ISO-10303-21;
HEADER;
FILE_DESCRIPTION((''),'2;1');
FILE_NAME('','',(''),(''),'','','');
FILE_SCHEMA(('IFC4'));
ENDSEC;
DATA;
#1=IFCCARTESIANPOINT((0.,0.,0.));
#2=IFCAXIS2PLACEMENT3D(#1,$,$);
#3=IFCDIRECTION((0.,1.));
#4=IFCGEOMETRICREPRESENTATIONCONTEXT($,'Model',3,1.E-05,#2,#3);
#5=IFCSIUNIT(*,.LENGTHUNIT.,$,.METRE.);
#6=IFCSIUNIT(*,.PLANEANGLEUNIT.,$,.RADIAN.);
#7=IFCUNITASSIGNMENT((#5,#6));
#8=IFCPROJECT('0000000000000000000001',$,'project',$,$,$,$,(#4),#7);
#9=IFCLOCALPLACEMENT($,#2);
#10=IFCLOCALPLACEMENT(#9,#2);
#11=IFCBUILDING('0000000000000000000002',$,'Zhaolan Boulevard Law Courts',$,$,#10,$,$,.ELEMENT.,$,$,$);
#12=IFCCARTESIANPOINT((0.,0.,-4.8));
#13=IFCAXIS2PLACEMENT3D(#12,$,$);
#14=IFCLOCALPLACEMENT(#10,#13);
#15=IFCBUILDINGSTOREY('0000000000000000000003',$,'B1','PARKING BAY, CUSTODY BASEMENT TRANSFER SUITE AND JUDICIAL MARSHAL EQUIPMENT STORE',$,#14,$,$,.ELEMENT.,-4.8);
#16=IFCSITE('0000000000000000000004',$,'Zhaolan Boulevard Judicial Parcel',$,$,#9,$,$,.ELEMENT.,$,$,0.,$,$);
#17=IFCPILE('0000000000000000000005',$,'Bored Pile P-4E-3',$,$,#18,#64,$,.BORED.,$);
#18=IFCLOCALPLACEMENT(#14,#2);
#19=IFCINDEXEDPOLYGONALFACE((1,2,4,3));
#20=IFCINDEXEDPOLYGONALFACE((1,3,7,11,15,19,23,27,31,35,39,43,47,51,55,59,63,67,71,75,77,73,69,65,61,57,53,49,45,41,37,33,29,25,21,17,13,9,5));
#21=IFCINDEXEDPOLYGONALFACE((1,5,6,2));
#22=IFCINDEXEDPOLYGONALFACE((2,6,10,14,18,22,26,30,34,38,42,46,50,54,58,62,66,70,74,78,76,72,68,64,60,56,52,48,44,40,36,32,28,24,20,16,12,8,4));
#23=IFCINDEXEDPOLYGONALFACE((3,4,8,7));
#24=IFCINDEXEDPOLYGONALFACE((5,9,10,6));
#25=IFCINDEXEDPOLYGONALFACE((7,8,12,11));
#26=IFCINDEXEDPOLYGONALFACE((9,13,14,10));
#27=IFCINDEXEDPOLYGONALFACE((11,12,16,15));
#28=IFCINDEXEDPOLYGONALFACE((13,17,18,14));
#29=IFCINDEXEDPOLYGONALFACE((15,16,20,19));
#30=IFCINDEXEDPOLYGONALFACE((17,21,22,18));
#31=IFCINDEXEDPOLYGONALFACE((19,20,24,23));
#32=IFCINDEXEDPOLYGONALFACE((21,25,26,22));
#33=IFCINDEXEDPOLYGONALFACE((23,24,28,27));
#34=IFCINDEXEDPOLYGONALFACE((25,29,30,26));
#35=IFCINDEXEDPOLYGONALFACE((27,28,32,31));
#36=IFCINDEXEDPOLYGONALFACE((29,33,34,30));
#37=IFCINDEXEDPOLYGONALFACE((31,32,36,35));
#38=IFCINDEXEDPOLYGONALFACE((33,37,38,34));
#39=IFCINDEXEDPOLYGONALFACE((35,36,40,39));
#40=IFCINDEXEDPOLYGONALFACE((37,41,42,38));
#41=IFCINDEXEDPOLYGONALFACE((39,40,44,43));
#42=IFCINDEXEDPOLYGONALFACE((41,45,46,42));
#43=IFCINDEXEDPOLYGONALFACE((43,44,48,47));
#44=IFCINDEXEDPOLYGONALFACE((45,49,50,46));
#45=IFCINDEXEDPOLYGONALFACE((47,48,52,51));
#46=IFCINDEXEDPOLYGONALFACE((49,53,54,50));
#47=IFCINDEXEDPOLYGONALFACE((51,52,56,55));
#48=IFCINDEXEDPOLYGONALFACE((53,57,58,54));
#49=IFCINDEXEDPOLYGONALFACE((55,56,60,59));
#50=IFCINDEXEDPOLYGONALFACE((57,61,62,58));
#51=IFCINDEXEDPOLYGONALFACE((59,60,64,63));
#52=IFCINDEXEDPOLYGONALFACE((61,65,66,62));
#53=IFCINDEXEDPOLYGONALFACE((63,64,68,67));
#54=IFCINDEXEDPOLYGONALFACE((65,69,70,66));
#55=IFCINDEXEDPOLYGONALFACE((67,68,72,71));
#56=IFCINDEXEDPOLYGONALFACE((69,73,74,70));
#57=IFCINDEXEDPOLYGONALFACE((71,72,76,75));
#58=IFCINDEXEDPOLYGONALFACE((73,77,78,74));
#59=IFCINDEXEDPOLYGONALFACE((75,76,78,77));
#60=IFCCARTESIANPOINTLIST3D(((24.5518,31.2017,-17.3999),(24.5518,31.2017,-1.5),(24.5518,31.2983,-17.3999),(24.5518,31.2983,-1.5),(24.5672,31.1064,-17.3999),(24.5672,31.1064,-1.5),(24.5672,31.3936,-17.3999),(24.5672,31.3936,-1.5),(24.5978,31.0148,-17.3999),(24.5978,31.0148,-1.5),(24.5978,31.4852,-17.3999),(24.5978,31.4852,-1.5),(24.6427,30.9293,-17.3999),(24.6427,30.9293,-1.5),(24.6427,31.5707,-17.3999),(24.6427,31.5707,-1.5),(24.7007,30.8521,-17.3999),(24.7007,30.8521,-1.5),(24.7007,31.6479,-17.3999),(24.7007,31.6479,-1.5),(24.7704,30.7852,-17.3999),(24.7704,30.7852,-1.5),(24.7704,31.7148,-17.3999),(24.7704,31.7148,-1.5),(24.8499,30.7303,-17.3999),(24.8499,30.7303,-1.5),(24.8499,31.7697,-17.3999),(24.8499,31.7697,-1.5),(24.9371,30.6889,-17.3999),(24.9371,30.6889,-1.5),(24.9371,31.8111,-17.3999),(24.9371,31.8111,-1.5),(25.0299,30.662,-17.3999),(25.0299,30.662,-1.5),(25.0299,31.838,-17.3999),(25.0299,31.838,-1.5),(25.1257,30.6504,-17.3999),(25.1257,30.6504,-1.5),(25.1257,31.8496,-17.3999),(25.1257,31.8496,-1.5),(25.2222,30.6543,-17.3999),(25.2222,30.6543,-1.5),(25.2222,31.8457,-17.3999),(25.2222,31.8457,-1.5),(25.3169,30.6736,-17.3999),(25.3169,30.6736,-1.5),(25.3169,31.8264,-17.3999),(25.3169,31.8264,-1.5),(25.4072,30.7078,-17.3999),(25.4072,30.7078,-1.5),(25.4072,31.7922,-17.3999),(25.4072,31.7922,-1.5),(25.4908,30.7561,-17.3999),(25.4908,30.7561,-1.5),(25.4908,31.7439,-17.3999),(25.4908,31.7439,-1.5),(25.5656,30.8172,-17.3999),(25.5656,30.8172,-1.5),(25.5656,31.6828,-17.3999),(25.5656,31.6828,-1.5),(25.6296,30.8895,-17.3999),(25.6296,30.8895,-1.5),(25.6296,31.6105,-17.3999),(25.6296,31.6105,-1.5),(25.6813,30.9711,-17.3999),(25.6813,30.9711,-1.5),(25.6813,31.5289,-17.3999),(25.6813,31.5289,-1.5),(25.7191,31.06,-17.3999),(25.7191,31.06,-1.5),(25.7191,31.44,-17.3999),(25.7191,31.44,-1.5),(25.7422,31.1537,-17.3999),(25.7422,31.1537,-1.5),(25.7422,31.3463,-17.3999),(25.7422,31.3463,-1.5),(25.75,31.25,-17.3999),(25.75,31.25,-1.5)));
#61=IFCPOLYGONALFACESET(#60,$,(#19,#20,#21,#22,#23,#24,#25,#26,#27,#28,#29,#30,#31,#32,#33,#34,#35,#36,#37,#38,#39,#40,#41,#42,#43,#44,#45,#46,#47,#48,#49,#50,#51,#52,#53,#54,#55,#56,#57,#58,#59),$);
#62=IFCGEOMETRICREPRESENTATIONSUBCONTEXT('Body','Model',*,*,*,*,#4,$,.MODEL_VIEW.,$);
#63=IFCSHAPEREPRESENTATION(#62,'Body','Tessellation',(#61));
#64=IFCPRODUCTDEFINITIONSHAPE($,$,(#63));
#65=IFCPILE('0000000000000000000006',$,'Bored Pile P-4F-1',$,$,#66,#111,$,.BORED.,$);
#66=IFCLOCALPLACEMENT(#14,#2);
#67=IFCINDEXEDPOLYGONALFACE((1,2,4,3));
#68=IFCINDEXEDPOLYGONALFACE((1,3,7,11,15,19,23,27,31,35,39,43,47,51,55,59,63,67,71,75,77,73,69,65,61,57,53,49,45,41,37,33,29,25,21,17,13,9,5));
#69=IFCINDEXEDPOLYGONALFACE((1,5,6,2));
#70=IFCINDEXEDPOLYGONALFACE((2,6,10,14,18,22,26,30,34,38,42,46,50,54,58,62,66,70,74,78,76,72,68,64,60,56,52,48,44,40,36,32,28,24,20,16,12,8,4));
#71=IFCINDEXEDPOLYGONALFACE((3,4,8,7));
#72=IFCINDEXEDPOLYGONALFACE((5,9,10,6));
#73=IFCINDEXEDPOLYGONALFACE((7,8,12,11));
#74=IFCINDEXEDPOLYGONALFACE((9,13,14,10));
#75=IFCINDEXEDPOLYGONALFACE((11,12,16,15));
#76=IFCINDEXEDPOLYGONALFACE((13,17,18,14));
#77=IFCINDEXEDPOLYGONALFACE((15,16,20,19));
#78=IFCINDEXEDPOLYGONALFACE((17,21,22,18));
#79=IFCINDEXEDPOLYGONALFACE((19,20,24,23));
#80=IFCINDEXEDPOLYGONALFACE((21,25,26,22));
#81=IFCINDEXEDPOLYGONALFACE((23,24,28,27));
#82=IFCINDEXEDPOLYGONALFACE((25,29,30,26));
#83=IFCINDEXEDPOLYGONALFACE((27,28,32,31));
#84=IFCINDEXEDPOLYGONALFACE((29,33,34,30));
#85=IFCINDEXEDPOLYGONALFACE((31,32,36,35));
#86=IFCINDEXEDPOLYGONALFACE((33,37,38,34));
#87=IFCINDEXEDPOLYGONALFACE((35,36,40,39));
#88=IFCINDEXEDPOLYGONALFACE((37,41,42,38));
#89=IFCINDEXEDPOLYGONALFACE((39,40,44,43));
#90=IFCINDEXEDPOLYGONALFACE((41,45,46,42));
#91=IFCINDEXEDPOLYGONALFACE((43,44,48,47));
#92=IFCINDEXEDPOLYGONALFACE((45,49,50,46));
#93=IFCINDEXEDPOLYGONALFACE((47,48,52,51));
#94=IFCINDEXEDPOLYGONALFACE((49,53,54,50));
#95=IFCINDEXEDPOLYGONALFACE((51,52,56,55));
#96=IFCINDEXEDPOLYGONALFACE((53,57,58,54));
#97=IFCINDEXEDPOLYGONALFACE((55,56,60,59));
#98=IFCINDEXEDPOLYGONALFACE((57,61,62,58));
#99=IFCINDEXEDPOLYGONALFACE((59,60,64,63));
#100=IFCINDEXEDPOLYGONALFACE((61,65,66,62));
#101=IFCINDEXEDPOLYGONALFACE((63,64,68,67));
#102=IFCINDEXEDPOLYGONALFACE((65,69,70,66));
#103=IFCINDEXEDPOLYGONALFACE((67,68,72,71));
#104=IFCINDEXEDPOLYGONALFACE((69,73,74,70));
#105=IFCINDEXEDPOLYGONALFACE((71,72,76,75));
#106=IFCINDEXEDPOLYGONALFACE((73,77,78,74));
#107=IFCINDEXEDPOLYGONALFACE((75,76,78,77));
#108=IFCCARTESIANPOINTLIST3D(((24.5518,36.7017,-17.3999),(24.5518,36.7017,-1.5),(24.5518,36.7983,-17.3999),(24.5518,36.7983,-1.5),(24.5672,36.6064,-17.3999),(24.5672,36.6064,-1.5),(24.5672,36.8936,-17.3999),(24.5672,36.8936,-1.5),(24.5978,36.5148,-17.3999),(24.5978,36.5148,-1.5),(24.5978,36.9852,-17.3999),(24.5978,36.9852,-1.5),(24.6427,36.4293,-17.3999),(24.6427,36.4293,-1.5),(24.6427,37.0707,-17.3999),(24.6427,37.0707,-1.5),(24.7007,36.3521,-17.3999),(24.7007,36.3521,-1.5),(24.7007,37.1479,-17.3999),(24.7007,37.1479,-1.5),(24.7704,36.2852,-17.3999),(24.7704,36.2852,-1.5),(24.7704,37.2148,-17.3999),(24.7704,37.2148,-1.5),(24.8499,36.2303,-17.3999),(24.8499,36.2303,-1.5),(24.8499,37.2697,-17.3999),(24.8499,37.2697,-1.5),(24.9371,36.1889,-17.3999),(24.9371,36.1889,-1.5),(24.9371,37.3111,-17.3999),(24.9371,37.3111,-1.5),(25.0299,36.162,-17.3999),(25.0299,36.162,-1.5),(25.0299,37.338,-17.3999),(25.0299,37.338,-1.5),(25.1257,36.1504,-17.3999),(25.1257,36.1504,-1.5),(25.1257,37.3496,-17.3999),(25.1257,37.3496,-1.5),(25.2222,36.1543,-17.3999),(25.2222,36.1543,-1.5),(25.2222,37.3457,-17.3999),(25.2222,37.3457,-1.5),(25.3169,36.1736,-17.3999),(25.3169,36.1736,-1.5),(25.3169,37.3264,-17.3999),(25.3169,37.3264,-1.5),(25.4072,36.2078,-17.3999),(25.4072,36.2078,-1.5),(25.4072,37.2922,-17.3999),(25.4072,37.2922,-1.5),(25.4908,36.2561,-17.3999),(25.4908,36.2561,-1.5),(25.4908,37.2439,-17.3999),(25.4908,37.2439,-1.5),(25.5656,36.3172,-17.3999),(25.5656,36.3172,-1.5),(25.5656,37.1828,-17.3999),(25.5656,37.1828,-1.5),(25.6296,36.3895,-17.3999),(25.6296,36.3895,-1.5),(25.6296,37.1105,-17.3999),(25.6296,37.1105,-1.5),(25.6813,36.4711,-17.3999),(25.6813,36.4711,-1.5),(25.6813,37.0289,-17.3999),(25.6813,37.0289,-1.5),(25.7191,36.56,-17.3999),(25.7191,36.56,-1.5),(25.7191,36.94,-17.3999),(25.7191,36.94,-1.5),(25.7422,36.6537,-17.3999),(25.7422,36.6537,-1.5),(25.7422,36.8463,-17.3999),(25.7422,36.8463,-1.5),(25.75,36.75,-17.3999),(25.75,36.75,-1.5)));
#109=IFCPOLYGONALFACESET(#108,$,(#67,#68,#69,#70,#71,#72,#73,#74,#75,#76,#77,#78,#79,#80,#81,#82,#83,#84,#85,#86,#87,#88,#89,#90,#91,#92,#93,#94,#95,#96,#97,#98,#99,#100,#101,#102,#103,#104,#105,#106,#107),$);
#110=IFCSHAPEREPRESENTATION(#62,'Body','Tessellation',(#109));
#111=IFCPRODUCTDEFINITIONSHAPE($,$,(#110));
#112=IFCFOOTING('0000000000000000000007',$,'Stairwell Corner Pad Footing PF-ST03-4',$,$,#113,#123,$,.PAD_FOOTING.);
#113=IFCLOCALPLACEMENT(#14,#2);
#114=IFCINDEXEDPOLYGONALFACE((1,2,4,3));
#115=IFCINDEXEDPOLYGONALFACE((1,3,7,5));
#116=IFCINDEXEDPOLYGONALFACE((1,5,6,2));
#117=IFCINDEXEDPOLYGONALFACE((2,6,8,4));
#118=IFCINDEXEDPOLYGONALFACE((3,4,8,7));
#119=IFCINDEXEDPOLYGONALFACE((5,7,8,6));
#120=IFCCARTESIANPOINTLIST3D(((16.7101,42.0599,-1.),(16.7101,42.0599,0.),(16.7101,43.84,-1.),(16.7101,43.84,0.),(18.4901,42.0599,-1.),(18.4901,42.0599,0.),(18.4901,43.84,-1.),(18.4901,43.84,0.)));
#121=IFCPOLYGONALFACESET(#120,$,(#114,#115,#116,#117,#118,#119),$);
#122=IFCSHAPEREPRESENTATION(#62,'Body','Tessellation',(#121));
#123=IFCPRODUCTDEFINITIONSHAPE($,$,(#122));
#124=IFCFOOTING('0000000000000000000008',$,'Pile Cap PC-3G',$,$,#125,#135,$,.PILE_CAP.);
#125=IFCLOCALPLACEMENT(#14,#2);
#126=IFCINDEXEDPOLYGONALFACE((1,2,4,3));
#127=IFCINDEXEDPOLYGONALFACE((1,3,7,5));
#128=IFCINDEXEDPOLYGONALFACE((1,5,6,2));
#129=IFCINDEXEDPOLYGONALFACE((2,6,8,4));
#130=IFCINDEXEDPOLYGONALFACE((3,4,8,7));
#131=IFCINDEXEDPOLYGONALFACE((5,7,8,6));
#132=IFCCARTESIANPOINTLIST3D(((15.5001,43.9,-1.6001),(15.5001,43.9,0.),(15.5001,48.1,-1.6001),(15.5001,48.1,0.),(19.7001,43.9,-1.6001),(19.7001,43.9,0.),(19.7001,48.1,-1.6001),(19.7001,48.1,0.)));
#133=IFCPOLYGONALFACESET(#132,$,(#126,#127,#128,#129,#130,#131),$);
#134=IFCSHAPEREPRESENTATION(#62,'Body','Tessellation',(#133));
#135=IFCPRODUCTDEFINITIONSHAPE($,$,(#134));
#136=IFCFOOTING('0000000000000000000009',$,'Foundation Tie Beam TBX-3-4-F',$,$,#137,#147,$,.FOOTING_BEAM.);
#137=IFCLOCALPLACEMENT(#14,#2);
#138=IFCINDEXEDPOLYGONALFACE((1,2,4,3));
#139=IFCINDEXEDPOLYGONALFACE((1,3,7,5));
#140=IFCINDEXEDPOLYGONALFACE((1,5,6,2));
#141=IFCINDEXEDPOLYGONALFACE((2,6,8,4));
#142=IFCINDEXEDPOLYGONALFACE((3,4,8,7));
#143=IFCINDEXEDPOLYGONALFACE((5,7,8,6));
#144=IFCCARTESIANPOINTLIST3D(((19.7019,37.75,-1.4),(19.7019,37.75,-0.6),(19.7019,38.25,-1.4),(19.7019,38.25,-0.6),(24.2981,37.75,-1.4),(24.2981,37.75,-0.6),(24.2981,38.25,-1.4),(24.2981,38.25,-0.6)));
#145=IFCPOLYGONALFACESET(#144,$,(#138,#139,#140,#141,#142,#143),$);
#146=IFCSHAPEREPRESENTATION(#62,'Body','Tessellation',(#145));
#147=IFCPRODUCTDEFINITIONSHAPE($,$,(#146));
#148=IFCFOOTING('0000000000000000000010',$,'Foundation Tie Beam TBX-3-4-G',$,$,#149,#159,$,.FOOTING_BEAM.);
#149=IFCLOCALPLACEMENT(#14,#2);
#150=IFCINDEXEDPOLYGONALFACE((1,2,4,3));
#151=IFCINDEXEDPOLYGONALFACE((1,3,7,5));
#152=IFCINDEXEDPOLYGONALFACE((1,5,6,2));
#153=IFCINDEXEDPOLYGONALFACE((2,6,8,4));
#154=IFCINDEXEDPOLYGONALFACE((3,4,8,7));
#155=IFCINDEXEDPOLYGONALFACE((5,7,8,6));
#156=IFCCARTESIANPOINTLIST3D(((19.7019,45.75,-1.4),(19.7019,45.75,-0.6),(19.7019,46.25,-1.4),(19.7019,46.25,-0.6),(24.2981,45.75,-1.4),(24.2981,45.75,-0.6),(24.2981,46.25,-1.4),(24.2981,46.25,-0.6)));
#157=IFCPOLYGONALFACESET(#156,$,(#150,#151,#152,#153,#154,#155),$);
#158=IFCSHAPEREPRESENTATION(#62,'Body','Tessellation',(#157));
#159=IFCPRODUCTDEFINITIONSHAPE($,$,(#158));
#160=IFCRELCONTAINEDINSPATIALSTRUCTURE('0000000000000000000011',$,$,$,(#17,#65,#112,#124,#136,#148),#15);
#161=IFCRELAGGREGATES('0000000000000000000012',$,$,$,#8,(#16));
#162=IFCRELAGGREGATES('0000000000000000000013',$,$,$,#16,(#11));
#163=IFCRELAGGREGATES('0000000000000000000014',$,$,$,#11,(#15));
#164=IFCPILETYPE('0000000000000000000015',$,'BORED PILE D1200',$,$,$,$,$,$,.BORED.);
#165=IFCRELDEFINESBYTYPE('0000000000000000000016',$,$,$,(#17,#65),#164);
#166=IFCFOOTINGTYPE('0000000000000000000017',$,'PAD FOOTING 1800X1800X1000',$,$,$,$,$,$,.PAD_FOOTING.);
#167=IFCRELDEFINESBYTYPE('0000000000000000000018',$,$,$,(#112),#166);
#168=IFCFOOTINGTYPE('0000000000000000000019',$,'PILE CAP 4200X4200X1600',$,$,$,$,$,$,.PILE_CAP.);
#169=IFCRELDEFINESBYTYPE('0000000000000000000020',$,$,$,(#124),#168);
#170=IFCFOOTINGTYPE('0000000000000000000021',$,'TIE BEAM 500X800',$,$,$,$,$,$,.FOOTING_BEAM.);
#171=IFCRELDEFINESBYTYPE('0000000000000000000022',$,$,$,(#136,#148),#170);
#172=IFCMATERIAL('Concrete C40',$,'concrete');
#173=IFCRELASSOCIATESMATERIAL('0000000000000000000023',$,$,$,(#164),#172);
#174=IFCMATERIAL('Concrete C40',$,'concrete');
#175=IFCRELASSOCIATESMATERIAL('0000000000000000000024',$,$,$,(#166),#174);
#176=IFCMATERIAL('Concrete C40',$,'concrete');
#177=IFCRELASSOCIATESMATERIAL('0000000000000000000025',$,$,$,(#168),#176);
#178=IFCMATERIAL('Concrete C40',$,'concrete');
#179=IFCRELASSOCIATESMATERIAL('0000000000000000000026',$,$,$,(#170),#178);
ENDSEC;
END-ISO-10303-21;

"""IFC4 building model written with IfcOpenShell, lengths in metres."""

from ifc_helpers import new_model, si_unit, direction, frame, origin, origin_2d, place, context, subcontext, project, spatial, rectangle, circle, extrude, material, material_profile, profile_set, type_object, element, save


model = new_model("IFC4")

# Units and contexts
model_context = context("Model", 3, precision=1e-05, world=origin(), true_north=direction((0.0, 1.0)))
body_context = subcontext(model_context, "Body", "Model", "MODEL_VIEW")
ifc_project = project(units=[si_unit("LENGTHUNIT", "METRE"), si_unit("PLANEANGLEUNIT", "RADIAN")], contexts=[model_context])

# Site, building, storey
site_placement = place(None, origin())
site = spatial("IfcSite", under=ifc_project, at=site_placement, Name="Zhaolan Boulevard Judicial Parcel", CompositionType="ELEMENT", RefElevation=0.0)
building_placement = place(site_placement, origin())
building = spatial("IfcBuilding", under=site, at=building_placement, Name="Zhaolan Boulevard Law Courts", CompositionType="ELEMENT")
storey_placement = place(building_placement, frame((0.0, 0.0, -4.8)))
storey = spatial("IfcBuildingStorey", under=building, at=storey_placement, Name="B1", Description="PARKING BAY, CUSTODY BASEMENT TRANSFER SUITE AND JUDICIAL MARSHAL EQUIPMENT STORE", CompositionType="ELEMENT", Elevation=-4.8)

# Piles
ifc_material_1 = material(Name="Concrete C40", Category="concrete")
ifc_material_profile_1 = material_profile(ifc_material_1, circle(Radius=0.6001, at=origin_2d()), Name="PILE-D1200")
ifc_profile_set_1 = profile_set([ifc_material_profile_1], Name="Concrete C40")
pile_type = type_object("IfcPileType", Name="BORED PILE D1200", PredefinedType="BORED", material=ifc_profile_set_1)
for number, where, z_axis, x_axis, name in (
    (1, (25.1499, 31.25, -1.5), (0.0, 0.0, -1.0), (1.0, 0.0, 0.0), "Bored Pile P-4E-3"),
    (2, (25.1499, 36.75, -1.5), (0.0, 0.0, -1.0), (1.0, 0.0, 0.0), "Bored Pile P-4F-1"),
):
    element("IfcPile", number, at=place(storey_placement, frame(where, z_axis=z_axis, x_axis=x_axis)), inside=storey, type_object=pile_type, Name=name, PredefinedType="BORED", context=body_context, shape_type="SweptSolid", body=[
        extrude(circle(Radius=0.6001, at=origin_2d()), origin(), (0.0, 0.0, 1.0), 15.8999),
    ])

# Footings
ifc_material_2 = material(Name="Concrete C40", Category="concrete")
footing_type_1 = type_object("IfcFootingType", Name="PAD FOOTING 1800X1800X1000", PredefinedType="PAD_FOOTING", material=ifc_material_2)
footing_1_placement = place(storey_placement, frame((17.6001, 42.95, -1.0), z_axis=(0.0, 0.0, 1.0), x_axis=(1.0, 0.0, 0.0)))
element("IfcFooting", 3, at=footing_1_placement, inside=storey, type_object=footing_type_1, Name="Stairwell Corner Pad Footing PF-ST03-4", PredefinedType="PAD_FOOTING", context=body_context, shape_type="SweptSolid", body=[
    extrude(rectangle(XDim=1.78, YDim=1.78, at=origin_2d()), origin(), (0.0, 0.0, 1.0), 1.0),
])
ifc_material_3 = material(Name="Concrete C40", Category="concrete")
footing_type_2 = type_object("IfcFootingType", Name="PILE CAP 4200X4200X1600", PredefinedType="PILE_CAP", material=ifc_material_3)
footing_2_placement = place(storey_placement, frame((17.6001, 46.0, -1.6001), z_axis=(0.0, 0.0, 1.0), x_axis=(1.0, 0.0, 0.0)))
element("IfcFooting", 4, at=footing_2_placement, inside=storey, type_object=footing_type_2, Name="Pile Cap PC-3G", PredefinedType="PILE_CAP", context=body_context, shape_type="SweptSolid", body=[
    extrude(rectangle(XDim=4.2, YDim=4.2, at=origin_2d()), origin(), (0.0, 0.0, 1.0), 1.6001),
])
ifc_material_4 = material(Name="Concrete C40", Category="concrete")
ifc_material_profile_2 = material_profile(ifc_material_4, rectangle(XDim=0.5, YDim=0.8, at=origin_2d()), Name="RC500x800")
ifc_profile_set_2 = profile_set([ifc_material_profile_2], Name="Concrete C40")
footing_type_3 = type_object("IfcFootingType", Name="TIE BEAM 500X800", PredefinedType="FOOTING_BEAM", material=ifc_profile_set_2)
for number, where, z_axis, x_axis, name in (
    (5, (19.7019, 38.0, -1.0), (1.0, 0.0, 0.0), (0.0, 1.0, 0.0), "Foundation Tie Beam TBX-3-4-F"),
    (6, (19.7019, 46.0, -1.0), (1.0, 0.0, 0.0), (0.0, 1.0, 0.0), "Foundation Tie Beam TBX-3-4-G"),
):
    element("IfcFooting", number, at=place(storey_placement, frame(where, z_axis=z_axis, x_axis=x_axis)), inside=storey, type_object=footing_type_3, Name=name, PredefinedType="FOOTING_BEAM", context=body_context, shape_type="SweptSolid", body=[
        extrude(rectangle(XDim=0.5, YDim=0.8, at=origin_2d()), origin(), (0.0, 0.0, 1.0), 4.5962),
    ])

save(model, "model.ifc")
